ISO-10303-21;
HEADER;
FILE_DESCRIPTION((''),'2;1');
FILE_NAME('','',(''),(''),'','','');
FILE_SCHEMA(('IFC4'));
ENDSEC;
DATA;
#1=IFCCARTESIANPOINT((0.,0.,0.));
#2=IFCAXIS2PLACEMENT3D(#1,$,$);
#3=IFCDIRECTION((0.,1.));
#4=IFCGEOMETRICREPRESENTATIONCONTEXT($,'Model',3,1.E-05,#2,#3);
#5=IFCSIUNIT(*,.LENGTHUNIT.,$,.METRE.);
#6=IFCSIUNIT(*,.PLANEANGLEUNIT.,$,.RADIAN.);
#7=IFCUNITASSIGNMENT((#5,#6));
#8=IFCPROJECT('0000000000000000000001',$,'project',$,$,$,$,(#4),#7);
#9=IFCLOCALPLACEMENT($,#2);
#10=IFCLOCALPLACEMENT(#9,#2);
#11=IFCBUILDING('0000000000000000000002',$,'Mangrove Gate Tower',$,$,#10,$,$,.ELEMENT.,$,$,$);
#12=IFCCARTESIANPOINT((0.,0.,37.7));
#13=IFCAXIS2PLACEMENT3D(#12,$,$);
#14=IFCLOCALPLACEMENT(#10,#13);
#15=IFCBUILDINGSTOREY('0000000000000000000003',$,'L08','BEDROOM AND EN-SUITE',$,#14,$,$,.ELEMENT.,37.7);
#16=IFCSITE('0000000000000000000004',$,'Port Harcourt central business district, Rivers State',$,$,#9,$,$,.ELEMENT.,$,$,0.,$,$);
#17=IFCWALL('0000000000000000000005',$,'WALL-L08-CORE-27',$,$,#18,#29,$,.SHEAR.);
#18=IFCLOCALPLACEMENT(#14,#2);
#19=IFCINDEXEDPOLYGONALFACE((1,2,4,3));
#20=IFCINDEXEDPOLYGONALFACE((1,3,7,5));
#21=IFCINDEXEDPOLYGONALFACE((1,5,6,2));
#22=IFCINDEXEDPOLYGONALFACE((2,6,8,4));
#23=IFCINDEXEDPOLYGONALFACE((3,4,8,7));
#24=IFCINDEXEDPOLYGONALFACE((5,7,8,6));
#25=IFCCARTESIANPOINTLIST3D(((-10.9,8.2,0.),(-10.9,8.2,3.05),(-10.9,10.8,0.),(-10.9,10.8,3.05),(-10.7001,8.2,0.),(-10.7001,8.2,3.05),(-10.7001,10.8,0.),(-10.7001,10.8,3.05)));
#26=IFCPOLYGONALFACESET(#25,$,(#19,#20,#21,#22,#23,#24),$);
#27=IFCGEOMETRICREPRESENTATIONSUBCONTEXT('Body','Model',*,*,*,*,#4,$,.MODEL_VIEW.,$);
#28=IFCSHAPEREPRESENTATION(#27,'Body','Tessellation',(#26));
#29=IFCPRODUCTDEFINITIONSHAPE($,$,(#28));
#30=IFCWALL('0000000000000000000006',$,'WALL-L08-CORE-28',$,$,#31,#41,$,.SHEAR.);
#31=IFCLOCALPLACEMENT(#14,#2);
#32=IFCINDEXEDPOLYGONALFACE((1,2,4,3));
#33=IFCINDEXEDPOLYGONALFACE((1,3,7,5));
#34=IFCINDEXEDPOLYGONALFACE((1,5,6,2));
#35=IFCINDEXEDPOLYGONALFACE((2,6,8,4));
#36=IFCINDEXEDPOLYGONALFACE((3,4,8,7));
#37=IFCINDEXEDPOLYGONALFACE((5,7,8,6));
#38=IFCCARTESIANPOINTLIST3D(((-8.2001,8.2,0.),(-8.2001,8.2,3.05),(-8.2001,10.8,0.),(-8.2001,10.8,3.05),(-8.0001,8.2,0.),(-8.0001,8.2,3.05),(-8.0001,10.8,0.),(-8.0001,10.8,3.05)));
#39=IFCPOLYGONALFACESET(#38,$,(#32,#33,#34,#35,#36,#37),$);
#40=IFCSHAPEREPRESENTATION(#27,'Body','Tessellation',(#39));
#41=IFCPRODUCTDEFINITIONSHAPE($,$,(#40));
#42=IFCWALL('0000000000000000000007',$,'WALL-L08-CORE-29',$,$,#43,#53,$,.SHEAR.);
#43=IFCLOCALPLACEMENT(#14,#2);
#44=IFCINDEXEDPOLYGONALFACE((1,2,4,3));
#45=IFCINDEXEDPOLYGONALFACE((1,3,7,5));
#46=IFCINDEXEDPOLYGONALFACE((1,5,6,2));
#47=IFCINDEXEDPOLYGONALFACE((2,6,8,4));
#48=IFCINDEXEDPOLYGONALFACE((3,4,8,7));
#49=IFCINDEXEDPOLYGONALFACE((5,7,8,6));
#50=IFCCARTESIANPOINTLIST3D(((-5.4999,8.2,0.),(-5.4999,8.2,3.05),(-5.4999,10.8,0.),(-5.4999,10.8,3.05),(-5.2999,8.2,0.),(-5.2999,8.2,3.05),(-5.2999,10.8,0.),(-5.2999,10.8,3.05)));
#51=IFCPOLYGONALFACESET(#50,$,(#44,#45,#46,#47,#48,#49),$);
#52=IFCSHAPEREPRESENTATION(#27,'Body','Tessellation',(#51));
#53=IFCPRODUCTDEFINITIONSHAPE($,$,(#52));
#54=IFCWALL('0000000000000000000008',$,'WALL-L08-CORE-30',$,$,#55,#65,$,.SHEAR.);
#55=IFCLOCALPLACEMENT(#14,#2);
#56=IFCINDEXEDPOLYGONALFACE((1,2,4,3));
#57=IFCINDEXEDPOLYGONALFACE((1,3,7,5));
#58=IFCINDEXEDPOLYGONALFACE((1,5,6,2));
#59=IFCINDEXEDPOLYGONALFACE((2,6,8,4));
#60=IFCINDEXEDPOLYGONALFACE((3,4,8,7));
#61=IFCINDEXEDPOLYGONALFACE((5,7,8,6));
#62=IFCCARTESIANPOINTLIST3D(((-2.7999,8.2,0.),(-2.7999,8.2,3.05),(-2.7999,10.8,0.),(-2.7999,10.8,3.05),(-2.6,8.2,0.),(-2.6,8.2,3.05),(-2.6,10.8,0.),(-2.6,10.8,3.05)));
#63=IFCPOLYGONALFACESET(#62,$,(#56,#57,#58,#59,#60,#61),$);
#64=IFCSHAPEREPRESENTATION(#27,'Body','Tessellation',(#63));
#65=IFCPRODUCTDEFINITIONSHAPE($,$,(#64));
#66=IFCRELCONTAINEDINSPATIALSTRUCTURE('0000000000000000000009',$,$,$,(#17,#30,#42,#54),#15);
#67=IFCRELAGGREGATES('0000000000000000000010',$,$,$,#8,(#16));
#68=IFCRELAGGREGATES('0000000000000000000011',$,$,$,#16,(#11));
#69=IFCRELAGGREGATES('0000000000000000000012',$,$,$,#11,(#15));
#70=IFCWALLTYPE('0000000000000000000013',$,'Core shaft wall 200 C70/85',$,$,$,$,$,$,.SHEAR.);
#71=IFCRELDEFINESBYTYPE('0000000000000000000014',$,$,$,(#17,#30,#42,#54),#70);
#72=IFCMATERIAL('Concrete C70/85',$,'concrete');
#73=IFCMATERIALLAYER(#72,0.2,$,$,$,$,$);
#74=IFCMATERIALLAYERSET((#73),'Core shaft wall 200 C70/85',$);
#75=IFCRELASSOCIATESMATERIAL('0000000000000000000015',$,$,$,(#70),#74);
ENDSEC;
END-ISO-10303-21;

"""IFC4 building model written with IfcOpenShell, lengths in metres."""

from ifc_helpers import new_model, si_unit, direction, frame, frame_2d, origin, place, context, subcontext, project, spatial, rectangle, extrude, material, layer, layer_set, type_object, element, save


model = new_model("IFC4")

# Units and contexts
model_context = context("Model", 3, precision=1e-05, world=origin(), true_north=direction((0.0, 1.0)))
body_context = subcontext(model_context, "Body", "Model", "MODEL_VIEW")
ifc_project = project(units=[si_unit("LENGTHUNIT", "METRE"), si_unit("PLANEANGLEUNIT", "RADIAN")], contexts=[model_context])

# Site, building, storey
site_placement = place(None, origin())
site = spatial("IfcSite", under=ifc_project, at=site_placement, Name="Port Harcourt central business district, Rivers State", CompositionType="ELEMENT", RefElevation=0.0)
building_placement = place(site_placement, origin())
building = spatial("IfcBuilding", under=site, at=building_placement, Name="Mangrove Gate Tower", CompositionType="ELEMENT")
storey_placement = place(building_placement, frame((0.0, 0.0, 37.7)))
storey = spatial("IfcBuildingStorey", under=building, at=storey_placement, Name="L08", Description="BEDROOM AND EN-SUITE", CompositionType="ELEMENT", Elevation=37.7)

# Shared definitions
ifc_material_1 = material(Name="Concrete C70/85", Category="concrete")
ifc_layer = layer(ifc_material_1, 0.2)
ifc_layer_set = layer_set([ifc_layer], Name="Core shaft wall 200 C70/85")
wall_type = type_object("IfcWallType", Name="Core shaft wall 200 C70/85", PredefinedType="SHEAR", material=ifc_layer_set)

# Walls
for number, where, z_axis, x_axis, name in (
    (1, (-10.8, 8.2, 0.0), (0.0, 0.0, 1.0), (0.0, 1.0, 0.0), "WALL-L08-CORE-27"),
    (2, (-8.1001, 8.2, 0.0), (0.0, 0.0, 1.0), (0.0, 1.0, 0.0), "WALL-L08-CORE-28"),
    (3, (-5.3999, 8.2, 0.0), (0.0, 0.0, 1.0), (0.0, 1.0, 0.0), "WALL-L08-CORE-29"),
    (4, (-2.7, 8.2, 0.0), (0.0, 0.0, 1.0), (0.0, 1.0, 0.0), "WALL-L08-CORE-30"),
):
    element("IfcWall", number, at=place(storey_placement, frame(where, z_axis=z_axis, x_axis=x_axis)), inside=storey, type_object=wall_type, Name=name, PredefinedType="SHEAR", context=body_context, shape_type="SweptSolid", body=[
        extrude(rectangle(XDim=2.6001, YDim=0.2, at=frame_2d((1.3, 0.0))), origin(), (0.0, 0.0, 1.0), 3.05),
    ])

save(model, "model.ifc")
